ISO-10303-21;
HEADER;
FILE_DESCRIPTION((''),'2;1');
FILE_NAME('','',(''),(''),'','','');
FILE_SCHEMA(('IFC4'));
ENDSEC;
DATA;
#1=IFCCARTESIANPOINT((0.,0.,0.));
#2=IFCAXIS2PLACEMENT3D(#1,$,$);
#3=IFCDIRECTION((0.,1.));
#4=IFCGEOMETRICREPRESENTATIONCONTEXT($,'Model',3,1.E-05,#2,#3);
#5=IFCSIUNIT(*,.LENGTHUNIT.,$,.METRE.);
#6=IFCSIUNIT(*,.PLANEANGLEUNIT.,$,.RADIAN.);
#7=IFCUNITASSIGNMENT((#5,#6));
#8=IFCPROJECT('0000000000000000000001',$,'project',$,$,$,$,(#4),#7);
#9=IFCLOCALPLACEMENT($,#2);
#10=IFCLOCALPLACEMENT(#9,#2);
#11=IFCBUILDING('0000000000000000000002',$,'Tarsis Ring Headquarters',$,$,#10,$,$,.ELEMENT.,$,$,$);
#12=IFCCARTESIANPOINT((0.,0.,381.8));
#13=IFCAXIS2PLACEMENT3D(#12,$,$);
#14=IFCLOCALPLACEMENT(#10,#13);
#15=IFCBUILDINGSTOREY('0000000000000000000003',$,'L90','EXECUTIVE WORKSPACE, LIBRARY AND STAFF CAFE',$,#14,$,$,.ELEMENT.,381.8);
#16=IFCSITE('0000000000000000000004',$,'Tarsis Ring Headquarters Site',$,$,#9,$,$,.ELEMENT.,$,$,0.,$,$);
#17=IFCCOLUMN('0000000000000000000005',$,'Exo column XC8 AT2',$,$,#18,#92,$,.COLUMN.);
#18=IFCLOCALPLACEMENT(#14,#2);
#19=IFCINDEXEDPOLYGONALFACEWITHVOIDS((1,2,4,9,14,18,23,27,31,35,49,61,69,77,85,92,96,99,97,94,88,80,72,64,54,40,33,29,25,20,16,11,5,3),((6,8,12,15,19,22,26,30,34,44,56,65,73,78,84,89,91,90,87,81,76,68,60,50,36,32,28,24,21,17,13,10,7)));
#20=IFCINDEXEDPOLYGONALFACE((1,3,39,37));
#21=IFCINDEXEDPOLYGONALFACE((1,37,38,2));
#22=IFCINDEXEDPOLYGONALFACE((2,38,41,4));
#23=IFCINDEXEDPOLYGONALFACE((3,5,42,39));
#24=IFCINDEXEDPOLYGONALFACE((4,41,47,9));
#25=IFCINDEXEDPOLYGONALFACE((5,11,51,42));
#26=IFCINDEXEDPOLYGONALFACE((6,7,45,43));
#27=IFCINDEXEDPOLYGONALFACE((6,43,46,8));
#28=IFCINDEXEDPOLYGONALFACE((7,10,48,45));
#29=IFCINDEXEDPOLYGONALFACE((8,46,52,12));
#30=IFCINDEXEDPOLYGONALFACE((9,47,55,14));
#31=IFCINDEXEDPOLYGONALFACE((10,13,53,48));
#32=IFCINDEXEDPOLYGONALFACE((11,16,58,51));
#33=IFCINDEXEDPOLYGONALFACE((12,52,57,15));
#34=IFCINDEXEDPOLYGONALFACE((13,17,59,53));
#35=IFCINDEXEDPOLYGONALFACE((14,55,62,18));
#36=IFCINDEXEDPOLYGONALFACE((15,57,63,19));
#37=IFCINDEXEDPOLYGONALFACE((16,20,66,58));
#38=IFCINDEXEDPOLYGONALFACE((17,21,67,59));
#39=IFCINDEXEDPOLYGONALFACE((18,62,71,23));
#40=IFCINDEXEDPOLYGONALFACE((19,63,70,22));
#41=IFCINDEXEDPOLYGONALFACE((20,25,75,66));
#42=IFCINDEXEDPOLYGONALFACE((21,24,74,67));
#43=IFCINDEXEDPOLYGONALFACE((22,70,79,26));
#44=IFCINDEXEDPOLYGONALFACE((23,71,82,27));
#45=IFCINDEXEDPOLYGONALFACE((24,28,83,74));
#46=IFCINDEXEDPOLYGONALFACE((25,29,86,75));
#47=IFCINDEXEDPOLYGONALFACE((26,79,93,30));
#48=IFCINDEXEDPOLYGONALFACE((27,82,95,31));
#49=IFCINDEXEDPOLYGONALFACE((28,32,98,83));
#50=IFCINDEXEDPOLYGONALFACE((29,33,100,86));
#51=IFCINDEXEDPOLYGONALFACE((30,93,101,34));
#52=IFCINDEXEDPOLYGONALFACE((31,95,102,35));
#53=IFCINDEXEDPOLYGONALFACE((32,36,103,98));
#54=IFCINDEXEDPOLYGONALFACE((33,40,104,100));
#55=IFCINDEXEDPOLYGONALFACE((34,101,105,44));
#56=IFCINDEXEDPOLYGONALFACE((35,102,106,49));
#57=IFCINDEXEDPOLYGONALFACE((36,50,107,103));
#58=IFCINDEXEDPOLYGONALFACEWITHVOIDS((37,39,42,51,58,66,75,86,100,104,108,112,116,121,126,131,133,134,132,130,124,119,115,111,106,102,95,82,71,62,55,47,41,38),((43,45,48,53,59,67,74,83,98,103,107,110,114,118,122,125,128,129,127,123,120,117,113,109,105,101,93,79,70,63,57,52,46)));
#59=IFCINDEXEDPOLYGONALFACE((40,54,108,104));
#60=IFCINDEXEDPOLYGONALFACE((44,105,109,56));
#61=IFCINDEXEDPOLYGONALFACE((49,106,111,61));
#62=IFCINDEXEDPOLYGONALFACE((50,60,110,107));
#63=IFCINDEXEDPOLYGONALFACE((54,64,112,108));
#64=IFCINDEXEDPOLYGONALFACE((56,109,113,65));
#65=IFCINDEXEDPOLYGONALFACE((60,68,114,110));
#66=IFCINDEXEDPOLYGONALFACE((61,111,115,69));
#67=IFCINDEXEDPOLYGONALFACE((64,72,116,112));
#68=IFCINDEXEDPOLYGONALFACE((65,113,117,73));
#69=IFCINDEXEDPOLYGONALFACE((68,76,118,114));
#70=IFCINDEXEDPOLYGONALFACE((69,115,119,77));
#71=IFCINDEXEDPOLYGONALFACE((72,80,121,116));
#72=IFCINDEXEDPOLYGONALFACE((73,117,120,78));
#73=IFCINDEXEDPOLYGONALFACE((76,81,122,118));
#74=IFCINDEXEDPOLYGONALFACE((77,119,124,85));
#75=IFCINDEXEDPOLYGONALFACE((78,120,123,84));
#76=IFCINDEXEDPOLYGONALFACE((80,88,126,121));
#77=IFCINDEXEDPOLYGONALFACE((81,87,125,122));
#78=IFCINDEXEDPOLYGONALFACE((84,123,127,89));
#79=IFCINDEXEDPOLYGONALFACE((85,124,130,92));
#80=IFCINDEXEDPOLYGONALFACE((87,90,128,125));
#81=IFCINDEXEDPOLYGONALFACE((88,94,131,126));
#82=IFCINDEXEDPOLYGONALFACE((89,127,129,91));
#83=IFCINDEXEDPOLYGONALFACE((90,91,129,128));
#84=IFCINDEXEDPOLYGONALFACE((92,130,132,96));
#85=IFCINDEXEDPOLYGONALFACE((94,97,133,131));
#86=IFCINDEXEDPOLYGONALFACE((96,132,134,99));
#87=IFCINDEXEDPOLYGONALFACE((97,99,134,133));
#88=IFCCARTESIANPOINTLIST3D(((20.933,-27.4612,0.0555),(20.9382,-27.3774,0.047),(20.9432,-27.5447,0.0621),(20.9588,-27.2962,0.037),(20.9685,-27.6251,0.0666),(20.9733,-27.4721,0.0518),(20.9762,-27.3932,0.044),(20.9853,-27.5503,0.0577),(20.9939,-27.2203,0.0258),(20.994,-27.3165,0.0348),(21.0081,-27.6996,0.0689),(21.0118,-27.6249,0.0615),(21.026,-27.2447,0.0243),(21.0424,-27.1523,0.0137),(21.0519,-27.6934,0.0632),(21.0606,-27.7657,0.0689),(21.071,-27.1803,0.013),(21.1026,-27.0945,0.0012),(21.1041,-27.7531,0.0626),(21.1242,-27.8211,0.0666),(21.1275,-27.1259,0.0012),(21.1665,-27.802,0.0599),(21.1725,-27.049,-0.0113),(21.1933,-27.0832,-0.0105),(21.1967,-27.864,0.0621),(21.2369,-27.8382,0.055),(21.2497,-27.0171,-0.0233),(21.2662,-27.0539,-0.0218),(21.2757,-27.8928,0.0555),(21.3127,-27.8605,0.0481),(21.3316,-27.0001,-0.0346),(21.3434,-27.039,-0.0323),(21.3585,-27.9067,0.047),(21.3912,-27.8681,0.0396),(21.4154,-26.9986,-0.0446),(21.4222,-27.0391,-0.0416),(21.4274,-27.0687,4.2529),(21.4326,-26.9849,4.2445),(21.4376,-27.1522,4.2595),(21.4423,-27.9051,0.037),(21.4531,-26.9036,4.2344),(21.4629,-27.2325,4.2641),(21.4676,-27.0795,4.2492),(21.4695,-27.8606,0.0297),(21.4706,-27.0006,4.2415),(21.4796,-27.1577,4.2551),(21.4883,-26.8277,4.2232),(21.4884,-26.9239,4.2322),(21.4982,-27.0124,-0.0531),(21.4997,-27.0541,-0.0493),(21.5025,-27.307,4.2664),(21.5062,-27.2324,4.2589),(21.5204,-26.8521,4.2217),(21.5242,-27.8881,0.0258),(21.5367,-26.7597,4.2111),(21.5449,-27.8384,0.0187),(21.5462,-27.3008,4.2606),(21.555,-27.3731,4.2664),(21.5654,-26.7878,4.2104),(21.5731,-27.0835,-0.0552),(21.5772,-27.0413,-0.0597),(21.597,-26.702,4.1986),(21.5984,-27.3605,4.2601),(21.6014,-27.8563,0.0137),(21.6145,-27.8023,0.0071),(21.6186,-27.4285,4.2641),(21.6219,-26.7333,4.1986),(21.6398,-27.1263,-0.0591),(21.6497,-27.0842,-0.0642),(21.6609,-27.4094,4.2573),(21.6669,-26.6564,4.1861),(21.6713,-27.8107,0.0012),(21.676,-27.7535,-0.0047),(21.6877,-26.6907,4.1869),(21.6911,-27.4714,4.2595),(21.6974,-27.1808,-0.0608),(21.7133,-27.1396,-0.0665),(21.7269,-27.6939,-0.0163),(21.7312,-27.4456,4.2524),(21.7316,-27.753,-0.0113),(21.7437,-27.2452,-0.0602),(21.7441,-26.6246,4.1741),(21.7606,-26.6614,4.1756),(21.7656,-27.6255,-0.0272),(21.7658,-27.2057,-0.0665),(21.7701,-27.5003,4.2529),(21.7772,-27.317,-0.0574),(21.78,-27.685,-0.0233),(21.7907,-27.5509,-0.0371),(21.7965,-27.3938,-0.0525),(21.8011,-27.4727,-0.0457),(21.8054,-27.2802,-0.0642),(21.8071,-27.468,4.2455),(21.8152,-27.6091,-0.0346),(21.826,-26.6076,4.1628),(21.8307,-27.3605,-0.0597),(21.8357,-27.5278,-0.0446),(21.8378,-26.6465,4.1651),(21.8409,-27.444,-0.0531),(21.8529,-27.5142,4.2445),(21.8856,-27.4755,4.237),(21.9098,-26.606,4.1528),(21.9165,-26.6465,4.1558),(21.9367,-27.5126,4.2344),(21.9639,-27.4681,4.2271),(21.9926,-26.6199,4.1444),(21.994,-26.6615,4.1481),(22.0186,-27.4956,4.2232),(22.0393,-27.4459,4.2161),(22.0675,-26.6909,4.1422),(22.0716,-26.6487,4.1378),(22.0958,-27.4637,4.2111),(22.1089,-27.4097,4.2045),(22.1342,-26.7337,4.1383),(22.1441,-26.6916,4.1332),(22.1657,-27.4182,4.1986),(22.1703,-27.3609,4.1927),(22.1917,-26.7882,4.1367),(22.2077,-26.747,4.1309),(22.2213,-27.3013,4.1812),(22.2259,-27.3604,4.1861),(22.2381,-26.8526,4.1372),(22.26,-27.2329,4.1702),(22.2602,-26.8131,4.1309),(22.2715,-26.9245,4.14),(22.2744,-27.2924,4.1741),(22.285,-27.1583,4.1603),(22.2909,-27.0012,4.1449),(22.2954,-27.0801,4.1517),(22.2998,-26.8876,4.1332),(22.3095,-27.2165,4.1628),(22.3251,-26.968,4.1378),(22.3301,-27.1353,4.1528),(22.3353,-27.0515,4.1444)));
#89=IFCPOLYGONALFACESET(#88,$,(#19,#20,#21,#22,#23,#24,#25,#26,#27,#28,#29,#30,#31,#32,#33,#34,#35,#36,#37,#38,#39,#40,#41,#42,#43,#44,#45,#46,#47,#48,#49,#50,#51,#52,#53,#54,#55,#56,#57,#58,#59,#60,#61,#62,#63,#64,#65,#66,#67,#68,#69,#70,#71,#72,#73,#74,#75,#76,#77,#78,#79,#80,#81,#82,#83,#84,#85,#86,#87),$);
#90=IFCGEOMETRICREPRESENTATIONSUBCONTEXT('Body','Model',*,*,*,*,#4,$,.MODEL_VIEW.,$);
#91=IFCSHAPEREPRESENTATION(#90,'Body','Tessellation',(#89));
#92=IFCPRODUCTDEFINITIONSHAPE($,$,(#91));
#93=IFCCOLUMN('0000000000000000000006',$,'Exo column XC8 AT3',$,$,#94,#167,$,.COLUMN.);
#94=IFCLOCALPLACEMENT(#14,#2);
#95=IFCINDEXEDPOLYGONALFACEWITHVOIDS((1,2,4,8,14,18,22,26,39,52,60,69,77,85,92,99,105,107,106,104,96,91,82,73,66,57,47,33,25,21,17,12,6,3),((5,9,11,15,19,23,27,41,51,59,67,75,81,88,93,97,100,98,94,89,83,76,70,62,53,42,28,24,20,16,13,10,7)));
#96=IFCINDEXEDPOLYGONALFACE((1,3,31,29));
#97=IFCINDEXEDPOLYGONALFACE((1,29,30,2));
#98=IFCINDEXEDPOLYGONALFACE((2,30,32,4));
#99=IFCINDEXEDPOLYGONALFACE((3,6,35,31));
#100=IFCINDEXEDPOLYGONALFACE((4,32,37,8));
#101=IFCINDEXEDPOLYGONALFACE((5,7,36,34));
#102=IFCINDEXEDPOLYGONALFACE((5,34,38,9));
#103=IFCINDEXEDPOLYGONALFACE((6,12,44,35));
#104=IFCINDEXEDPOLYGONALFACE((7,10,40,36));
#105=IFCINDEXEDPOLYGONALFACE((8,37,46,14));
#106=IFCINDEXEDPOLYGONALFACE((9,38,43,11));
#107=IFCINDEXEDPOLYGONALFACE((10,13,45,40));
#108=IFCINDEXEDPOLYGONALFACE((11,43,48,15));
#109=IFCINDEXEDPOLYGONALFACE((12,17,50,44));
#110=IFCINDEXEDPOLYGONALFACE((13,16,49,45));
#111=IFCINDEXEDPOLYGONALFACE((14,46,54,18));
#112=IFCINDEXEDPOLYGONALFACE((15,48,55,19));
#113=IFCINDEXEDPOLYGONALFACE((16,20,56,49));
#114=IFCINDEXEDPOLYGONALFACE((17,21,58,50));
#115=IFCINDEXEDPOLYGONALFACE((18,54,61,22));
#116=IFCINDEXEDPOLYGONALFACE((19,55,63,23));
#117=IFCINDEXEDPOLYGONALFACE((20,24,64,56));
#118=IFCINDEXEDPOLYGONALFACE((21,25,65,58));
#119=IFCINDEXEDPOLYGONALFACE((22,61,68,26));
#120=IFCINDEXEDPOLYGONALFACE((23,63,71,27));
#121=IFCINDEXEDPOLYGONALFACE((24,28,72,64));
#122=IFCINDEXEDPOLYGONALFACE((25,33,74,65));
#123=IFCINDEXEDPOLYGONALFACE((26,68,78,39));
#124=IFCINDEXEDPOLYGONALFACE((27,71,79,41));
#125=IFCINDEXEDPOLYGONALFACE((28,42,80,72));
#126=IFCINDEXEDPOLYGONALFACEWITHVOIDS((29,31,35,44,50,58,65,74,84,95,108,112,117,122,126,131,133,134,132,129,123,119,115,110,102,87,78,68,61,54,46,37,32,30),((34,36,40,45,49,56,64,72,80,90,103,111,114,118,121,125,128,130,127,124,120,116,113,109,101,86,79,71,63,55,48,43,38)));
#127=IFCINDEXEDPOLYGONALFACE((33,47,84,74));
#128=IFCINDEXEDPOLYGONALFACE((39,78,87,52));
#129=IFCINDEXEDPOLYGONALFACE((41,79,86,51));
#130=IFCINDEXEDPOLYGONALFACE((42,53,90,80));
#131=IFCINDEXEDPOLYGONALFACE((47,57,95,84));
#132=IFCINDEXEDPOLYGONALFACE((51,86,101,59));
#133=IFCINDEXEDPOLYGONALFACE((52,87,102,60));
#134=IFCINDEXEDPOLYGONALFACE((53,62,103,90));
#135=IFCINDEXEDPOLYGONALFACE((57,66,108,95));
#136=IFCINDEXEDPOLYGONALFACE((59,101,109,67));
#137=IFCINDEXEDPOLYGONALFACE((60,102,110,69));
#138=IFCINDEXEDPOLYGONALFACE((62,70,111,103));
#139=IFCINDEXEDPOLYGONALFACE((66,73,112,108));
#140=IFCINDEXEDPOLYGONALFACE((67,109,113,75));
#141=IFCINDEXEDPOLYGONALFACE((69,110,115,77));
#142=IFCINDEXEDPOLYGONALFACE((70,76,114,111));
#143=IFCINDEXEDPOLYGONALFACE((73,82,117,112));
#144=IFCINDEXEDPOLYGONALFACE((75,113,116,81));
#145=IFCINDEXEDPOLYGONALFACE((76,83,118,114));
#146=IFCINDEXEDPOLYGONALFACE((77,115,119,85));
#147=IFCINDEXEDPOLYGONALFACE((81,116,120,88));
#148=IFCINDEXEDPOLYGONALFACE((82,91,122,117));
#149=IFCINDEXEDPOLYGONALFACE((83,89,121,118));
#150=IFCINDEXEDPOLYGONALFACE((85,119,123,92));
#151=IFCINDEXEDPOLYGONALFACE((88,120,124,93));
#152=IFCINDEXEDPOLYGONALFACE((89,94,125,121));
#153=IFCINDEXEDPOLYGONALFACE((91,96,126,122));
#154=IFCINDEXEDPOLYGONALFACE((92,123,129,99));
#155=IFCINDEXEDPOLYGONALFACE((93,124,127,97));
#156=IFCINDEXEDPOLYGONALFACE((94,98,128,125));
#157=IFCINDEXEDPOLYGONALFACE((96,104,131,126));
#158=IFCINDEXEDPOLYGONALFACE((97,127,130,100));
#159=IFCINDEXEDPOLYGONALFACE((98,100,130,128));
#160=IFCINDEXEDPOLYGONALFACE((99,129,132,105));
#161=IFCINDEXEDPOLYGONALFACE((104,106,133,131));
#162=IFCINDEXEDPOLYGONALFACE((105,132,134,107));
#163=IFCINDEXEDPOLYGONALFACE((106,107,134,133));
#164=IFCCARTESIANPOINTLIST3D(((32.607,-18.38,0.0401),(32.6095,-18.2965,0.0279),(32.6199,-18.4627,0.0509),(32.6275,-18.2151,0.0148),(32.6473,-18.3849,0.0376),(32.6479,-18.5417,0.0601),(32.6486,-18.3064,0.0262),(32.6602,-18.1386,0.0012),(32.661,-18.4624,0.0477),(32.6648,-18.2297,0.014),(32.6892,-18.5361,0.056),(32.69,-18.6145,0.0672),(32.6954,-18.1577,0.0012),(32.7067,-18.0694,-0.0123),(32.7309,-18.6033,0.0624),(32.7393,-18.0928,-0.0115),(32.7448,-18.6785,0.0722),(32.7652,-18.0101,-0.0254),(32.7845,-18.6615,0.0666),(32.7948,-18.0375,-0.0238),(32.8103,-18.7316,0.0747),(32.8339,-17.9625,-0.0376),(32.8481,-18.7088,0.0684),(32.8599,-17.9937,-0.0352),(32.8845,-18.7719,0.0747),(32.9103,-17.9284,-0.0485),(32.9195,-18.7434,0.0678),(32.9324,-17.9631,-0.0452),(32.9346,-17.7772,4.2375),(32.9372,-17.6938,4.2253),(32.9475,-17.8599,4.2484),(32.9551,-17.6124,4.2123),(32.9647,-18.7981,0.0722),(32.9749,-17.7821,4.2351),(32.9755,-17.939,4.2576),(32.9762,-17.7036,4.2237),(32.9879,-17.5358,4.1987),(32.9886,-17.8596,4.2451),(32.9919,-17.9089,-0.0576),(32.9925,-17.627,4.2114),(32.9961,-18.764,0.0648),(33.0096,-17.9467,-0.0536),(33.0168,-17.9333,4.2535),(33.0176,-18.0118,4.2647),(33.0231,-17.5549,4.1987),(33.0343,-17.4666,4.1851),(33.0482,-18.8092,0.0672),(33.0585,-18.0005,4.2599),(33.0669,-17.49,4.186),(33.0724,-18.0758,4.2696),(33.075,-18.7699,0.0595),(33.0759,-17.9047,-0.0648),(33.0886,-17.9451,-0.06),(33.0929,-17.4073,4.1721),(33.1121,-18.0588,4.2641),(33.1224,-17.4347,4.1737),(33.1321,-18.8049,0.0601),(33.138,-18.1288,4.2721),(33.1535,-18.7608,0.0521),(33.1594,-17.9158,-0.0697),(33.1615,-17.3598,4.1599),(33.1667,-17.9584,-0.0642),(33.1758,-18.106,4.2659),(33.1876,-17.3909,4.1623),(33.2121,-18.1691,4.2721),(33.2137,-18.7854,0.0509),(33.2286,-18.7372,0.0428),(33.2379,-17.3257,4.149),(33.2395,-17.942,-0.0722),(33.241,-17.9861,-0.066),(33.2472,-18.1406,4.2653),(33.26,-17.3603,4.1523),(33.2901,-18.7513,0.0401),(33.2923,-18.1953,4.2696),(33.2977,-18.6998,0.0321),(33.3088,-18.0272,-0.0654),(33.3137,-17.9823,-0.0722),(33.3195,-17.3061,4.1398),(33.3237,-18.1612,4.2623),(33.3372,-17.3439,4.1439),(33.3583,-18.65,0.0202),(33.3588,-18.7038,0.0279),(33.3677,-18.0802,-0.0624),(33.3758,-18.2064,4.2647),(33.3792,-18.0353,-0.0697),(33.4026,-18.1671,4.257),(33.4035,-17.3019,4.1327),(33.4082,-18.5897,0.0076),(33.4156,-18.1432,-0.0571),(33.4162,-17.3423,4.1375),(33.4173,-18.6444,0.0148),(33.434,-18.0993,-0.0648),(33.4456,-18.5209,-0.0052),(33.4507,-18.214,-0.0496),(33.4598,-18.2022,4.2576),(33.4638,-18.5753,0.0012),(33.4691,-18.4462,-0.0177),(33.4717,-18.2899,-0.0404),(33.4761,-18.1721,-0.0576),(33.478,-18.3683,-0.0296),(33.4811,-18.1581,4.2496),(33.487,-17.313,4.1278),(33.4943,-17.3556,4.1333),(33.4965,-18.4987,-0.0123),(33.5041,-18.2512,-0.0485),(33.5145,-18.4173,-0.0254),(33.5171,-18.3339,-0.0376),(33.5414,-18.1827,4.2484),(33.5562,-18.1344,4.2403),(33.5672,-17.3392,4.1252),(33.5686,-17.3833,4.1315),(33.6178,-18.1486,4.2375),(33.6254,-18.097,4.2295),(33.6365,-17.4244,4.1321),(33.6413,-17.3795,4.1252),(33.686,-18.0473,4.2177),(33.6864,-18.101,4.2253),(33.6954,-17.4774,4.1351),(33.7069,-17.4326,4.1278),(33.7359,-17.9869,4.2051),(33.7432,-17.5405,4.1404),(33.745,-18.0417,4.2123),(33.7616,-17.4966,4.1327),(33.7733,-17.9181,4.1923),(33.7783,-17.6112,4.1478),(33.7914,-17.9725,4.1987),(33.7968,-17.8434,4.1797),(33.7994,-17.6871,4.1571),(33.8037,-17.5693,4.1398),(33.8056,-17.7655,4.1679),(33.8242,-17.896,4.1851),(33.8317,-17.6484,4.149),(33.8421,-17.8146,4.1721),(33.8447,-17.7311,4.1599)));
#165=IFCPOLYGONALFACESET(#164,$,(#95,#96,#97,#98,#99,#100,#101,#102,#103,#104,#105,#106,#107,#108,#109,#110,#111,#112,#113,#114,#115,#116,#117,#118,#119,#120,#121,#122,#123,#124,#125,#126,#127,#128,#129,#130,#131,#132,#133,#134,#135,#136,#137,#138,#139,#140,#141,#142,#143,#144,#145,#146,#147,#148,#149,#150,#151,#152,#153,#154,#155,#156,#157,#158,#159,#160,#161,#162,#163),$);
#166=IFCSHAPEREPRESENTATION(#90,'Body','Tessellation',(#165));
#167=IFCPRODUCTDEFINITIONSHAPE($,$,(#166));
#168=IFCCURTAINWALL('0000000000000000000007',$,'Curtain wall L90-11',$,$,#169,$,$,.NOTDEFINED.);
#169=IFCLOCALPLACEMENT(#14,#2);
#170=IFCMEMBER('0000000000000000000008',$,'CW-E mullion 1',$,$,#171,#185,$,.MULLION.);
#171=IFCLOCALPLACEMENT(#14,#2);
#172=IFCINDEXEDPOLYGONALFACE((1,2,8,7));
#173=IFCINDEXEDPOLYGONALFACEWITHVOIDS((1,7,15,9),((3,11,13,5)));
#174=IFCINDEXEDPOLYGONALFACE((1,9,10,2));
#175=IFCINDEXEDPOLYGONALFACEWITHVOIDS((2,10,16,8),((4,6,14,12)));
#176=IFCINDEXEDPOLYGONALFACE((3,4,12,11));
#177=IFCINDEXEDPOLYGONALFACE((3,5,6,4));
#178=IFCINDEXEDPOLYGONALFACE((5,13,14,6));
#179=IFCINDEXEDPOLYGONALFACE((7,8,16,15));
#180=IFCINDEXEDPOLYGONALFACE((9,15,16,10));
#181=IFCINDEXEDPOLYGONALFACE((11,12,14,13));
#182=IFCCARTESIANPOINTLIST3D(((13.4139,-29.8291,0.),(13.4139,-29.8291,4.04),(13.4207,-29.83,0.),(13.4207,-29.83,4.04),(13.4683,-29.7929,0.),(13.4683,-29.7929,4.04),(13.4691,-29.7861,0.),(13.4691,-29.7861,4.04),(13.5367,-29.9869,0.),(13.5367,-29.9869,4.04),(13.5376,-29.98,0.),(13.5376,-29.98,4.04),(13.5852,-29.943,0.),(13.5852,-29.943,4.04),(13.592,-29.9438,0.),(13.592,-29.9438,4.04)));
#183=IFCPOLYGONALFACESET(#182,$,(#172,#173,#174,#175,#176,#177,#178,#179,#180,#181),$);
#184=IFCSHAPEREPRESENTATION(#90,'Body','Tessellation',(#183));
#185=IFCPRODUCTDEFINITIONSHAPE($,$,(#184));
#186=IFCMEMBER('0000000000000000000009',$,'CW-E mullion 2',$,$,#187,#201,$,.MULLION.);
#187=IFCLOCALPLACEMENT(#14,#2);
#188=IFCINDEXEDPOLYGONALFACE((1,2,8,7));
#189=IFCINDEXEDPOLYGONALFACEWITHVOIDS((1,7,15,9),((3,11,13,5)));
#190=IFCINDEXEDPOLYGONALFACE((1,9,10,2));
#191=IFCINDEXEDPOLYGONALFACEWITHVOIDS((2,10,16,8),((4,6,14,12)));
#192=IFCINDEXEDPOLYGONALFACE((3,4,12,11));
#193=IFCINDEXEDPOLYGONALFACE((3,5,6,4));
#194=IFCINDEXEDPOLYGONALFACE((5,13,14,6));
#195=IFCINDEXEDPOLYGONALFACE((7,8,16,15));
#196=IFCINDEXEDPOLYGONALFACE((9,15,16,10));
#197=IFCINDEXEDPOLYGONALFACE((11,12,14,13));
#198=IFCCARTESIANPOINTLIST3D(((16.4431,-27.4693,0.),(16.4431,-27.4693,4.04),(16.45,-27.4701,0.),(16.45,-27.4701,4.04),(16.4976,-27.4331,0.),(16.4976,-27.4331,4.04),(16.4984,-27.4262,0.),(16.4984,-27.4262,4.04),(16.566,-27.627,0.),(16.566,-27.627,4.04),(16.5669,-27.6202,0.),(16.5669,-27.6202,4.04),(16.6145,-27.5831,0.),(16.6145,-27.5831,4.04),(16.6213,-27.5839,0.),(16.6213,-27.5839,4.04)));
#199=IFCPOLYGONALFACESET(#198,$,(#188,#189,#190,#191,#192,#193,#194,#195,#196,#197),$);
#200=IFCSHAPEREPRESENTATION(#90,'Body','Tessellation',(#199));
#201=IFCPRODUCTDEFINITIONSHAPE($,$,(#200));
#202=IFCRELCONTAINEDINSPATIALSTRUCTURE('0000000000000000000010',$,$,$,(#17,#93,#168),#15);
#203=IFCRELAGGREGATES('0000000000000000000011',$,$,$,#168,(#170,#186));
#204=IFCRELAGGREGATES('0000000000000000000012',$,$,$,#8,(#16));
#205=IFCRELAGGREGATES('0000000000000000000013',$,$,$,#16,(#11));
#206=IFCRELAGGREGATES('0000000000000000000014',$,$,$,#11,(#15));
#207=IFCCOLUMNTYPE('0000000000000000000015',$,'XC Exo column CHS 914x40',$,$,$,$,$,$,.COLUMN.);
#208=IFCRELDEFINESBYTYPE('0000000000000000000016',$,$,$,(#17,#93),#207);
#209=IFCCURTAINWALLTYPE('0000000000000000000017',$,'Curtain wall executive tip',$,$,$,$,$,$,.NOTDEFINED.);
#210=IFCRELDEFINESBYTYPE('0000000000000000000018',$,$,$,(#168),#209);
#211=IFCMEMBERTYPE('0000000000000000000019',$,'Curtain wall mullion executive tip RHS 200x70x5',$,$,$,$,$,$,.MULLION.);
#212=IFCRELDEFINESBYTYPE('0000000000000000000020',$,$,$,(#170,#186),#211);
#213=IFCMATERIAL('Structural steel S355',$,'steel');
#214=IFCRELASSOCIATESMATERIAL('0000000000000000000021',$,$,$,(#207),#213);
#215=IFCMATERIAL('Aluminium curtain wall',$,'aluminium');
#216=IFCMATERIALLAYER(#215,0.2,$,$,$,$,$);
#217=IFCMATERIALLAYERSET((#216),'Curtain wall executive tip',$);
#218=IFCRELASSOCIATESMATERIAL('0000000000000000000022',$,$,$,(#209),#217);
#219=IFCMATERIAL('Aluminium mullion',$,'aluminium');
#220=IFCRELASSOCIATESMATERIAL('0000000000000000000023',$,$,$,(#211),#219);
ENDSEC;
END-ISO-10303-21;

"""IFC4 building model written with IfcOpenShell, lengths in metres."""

from ifc_helpers import new_model, si_unit, direction, frame, origin, origin_2d, place, context, subcontext, project, spatial, hollow_rectangle, hollow_circle, extrude, material, layer, layer_set, material_profile, profile_set, type_object, element, aggregate, save


model = new_model("IFC4")

# Units and contexts
model_context = context("Model", 3, precision=1e-05, world=origin(), true_north=direction((0.0, 1.0)))
body_context = subcontext(model_context, "Body", "Model", "MODEL_VIEW")
ifc_project = project(units=[si_unit("LENGTHUNIT", "METRE"), si_unit("PLANEANGLEUNIT", "RADIAN")], contexts=[model_context])

# Site, building, storey
site_placement = place(None, origin())
site = spatial("IfcSite", under=ifc_project, at=site_placement, Name="Tarsis Ring Headquarters Site", CompositionType="ELEMENT", RefElevation=0.0)
building_placement = place(site_placement, origin())
building = spatial("IfcBuilding", under=site, at=building_placement, Name="Tarsis Ring Headquarters", CompositionType="ELEMENT")
storey_placement = place(building_placement, frame((0.0, 0.0, 381.8)))
storey = spatial("IfcBuildingStorey", under=building, at=storey_placement, Name="L90", Description="EXECUTIVE WORKSPACE, LIBRARY AND STAFF CAFE", CompositionType="ELEMENT", Elevation=381.8)

# Columns
ifc_material_1 = material(Name="Structural steel S355", Category="steel")
ifc_material_profile_1 = material_profile(ifc_material_1, hollow_circle(Radius=0.457, WallThickness=0.04, at=origin_2d()), Name="CHS 914x40")
ifc_profile_set_1 = profile_set([ifc_material_profile_1], Name="Structural steel S355")
column_type = type_object("IfcColumnType", Name="XC Exo column CHS 914x40", PredefinedType="COLUMN", material=ifc_profile_set_1)
column_1_placement = place(storey_placement, frame((21.387, -27.4526, 0.0012), z_axis=(0.116471, 0.092486, 0.988879), x_axis=(-0.621861, 0.783127, 0.0)))
element("IfcColumn", 1, at=column_1_placement, inside=storey, type_object=column_type, Name="Exo column XC8 AT2", PredefinedType="COLUMN", context=body_context, shape_type="SweptSolid", body=[
    extrude(hollow_circle(Radius=0.4573, WallThickness=0.04, at=origin_2d()), origin(), (0.0, 0.0, 1.0), 4.2446),
])
column_2_placement = place(storey_placement, frame((33.062, -18.3569, 0.0012), z_axis=(0.077033, 0.141724, 0.986904), x_axis=(-0.878602, 0.477555, 0.0)))
element("IfcColumn", 2, at=column_2_placement, inside=storey, type_object=column_type, Name="Exo column XC8 AT3", PredefinedType="COLUMN", context=body_context, shape_type="SweptSolid", body=[
    extrude(hollow_circle(Radius=0.4573, WallThickness=0.04, at=origin_2d()), origin(), (0.0, 0.0, 1.0), 4.2532),
])

# Curtain wall, members
ifc_material_2 = material(Name="Aluminium curtain wall", Category="aluminium")
ifc_layer_1 = layer(ifc_material_2, 0.2)
ifc_layer_set_1 = layer_set([ifc_layer_1], Name="Curtain wall executive tip")
curtain_wall_type = type_object("IfcCurtainWallType", Name="Curtain wall executive tip", PredefinedType="NOTDEFINED", material=ifc_layer_set_1)
curtain_wall_placement = place(storey_placement, origin())
curtain_wall = element("IfcCurtainWall", 3, at=curtain_wall_placement, inside=storey, type_object=curtain_wall_type, Name="Curtain wall L90-11", PredefinedType="NOTDEFINED")
ifc_material_3 = material(Name="Aluminium mullion", Category="aluminium")
ifc_material_profile_2 = material_profile(ifc_material_3, hollow_rectangle(XDim=0.2, YDim=0.0701, WallThickness=0.0049, at=origin_2d()), Name="RHS 200x70x5")
ifc_profile_set_2 = profile_set([ifc_material_profile_2], Name="Aluminium mullion")
member_type_1 = type_object("IfcMemberType", Name="Curtain wall mullion executive tip RHS 200x70x5", PredefinedType="MULLION", material=ifc_profile_set_2)
member_1_placement = place(storey_placement, frame((13.5029, -29.8865, 0.0), z_axis=(0.0, 0.0, 1.0), x_axis=(-0.614561, 0.78887, 0.0)))
member_1 = element("IfcMember", 4, at=member_1_placement, type_object=member_type_1, Name="CW-E mullion 1", PredefinedType="MULLION", context=body_context, shape_type="SweptSolid", body=[
    extrude(hollow_rectangle(XDim=0.2, YDim=0.0701, WallThickness=0.0049, at=origin_2d()), origin(), (0.0, 0.0, 1.0), 4.04),
])
member_2_placement = place(storey_placement, frame((16.5322, -27.5266, 0.0), z_axis=(0.0, 0.0, 1.0), x_axis=(-0.614561, 0.78887, 0.0)))
member_2 = element("IfcMember", 5, at=member_2_placement, type_object=member_type_1, Name="CW-E mullion 2", PredefinedType="MULLION", context=body_context, shape_type="SweptSolid", body=[
    extrude(hollow_rectangle(XDim=0.2, YDim=0.0701, WallThickness=0.0049, at=origin_2d()), origin(), (0.0, 0.0, 1.0), 4.04),
])

aggregate(curtain_wall, [member_1, member_2])

save(model, "model.ifc")
